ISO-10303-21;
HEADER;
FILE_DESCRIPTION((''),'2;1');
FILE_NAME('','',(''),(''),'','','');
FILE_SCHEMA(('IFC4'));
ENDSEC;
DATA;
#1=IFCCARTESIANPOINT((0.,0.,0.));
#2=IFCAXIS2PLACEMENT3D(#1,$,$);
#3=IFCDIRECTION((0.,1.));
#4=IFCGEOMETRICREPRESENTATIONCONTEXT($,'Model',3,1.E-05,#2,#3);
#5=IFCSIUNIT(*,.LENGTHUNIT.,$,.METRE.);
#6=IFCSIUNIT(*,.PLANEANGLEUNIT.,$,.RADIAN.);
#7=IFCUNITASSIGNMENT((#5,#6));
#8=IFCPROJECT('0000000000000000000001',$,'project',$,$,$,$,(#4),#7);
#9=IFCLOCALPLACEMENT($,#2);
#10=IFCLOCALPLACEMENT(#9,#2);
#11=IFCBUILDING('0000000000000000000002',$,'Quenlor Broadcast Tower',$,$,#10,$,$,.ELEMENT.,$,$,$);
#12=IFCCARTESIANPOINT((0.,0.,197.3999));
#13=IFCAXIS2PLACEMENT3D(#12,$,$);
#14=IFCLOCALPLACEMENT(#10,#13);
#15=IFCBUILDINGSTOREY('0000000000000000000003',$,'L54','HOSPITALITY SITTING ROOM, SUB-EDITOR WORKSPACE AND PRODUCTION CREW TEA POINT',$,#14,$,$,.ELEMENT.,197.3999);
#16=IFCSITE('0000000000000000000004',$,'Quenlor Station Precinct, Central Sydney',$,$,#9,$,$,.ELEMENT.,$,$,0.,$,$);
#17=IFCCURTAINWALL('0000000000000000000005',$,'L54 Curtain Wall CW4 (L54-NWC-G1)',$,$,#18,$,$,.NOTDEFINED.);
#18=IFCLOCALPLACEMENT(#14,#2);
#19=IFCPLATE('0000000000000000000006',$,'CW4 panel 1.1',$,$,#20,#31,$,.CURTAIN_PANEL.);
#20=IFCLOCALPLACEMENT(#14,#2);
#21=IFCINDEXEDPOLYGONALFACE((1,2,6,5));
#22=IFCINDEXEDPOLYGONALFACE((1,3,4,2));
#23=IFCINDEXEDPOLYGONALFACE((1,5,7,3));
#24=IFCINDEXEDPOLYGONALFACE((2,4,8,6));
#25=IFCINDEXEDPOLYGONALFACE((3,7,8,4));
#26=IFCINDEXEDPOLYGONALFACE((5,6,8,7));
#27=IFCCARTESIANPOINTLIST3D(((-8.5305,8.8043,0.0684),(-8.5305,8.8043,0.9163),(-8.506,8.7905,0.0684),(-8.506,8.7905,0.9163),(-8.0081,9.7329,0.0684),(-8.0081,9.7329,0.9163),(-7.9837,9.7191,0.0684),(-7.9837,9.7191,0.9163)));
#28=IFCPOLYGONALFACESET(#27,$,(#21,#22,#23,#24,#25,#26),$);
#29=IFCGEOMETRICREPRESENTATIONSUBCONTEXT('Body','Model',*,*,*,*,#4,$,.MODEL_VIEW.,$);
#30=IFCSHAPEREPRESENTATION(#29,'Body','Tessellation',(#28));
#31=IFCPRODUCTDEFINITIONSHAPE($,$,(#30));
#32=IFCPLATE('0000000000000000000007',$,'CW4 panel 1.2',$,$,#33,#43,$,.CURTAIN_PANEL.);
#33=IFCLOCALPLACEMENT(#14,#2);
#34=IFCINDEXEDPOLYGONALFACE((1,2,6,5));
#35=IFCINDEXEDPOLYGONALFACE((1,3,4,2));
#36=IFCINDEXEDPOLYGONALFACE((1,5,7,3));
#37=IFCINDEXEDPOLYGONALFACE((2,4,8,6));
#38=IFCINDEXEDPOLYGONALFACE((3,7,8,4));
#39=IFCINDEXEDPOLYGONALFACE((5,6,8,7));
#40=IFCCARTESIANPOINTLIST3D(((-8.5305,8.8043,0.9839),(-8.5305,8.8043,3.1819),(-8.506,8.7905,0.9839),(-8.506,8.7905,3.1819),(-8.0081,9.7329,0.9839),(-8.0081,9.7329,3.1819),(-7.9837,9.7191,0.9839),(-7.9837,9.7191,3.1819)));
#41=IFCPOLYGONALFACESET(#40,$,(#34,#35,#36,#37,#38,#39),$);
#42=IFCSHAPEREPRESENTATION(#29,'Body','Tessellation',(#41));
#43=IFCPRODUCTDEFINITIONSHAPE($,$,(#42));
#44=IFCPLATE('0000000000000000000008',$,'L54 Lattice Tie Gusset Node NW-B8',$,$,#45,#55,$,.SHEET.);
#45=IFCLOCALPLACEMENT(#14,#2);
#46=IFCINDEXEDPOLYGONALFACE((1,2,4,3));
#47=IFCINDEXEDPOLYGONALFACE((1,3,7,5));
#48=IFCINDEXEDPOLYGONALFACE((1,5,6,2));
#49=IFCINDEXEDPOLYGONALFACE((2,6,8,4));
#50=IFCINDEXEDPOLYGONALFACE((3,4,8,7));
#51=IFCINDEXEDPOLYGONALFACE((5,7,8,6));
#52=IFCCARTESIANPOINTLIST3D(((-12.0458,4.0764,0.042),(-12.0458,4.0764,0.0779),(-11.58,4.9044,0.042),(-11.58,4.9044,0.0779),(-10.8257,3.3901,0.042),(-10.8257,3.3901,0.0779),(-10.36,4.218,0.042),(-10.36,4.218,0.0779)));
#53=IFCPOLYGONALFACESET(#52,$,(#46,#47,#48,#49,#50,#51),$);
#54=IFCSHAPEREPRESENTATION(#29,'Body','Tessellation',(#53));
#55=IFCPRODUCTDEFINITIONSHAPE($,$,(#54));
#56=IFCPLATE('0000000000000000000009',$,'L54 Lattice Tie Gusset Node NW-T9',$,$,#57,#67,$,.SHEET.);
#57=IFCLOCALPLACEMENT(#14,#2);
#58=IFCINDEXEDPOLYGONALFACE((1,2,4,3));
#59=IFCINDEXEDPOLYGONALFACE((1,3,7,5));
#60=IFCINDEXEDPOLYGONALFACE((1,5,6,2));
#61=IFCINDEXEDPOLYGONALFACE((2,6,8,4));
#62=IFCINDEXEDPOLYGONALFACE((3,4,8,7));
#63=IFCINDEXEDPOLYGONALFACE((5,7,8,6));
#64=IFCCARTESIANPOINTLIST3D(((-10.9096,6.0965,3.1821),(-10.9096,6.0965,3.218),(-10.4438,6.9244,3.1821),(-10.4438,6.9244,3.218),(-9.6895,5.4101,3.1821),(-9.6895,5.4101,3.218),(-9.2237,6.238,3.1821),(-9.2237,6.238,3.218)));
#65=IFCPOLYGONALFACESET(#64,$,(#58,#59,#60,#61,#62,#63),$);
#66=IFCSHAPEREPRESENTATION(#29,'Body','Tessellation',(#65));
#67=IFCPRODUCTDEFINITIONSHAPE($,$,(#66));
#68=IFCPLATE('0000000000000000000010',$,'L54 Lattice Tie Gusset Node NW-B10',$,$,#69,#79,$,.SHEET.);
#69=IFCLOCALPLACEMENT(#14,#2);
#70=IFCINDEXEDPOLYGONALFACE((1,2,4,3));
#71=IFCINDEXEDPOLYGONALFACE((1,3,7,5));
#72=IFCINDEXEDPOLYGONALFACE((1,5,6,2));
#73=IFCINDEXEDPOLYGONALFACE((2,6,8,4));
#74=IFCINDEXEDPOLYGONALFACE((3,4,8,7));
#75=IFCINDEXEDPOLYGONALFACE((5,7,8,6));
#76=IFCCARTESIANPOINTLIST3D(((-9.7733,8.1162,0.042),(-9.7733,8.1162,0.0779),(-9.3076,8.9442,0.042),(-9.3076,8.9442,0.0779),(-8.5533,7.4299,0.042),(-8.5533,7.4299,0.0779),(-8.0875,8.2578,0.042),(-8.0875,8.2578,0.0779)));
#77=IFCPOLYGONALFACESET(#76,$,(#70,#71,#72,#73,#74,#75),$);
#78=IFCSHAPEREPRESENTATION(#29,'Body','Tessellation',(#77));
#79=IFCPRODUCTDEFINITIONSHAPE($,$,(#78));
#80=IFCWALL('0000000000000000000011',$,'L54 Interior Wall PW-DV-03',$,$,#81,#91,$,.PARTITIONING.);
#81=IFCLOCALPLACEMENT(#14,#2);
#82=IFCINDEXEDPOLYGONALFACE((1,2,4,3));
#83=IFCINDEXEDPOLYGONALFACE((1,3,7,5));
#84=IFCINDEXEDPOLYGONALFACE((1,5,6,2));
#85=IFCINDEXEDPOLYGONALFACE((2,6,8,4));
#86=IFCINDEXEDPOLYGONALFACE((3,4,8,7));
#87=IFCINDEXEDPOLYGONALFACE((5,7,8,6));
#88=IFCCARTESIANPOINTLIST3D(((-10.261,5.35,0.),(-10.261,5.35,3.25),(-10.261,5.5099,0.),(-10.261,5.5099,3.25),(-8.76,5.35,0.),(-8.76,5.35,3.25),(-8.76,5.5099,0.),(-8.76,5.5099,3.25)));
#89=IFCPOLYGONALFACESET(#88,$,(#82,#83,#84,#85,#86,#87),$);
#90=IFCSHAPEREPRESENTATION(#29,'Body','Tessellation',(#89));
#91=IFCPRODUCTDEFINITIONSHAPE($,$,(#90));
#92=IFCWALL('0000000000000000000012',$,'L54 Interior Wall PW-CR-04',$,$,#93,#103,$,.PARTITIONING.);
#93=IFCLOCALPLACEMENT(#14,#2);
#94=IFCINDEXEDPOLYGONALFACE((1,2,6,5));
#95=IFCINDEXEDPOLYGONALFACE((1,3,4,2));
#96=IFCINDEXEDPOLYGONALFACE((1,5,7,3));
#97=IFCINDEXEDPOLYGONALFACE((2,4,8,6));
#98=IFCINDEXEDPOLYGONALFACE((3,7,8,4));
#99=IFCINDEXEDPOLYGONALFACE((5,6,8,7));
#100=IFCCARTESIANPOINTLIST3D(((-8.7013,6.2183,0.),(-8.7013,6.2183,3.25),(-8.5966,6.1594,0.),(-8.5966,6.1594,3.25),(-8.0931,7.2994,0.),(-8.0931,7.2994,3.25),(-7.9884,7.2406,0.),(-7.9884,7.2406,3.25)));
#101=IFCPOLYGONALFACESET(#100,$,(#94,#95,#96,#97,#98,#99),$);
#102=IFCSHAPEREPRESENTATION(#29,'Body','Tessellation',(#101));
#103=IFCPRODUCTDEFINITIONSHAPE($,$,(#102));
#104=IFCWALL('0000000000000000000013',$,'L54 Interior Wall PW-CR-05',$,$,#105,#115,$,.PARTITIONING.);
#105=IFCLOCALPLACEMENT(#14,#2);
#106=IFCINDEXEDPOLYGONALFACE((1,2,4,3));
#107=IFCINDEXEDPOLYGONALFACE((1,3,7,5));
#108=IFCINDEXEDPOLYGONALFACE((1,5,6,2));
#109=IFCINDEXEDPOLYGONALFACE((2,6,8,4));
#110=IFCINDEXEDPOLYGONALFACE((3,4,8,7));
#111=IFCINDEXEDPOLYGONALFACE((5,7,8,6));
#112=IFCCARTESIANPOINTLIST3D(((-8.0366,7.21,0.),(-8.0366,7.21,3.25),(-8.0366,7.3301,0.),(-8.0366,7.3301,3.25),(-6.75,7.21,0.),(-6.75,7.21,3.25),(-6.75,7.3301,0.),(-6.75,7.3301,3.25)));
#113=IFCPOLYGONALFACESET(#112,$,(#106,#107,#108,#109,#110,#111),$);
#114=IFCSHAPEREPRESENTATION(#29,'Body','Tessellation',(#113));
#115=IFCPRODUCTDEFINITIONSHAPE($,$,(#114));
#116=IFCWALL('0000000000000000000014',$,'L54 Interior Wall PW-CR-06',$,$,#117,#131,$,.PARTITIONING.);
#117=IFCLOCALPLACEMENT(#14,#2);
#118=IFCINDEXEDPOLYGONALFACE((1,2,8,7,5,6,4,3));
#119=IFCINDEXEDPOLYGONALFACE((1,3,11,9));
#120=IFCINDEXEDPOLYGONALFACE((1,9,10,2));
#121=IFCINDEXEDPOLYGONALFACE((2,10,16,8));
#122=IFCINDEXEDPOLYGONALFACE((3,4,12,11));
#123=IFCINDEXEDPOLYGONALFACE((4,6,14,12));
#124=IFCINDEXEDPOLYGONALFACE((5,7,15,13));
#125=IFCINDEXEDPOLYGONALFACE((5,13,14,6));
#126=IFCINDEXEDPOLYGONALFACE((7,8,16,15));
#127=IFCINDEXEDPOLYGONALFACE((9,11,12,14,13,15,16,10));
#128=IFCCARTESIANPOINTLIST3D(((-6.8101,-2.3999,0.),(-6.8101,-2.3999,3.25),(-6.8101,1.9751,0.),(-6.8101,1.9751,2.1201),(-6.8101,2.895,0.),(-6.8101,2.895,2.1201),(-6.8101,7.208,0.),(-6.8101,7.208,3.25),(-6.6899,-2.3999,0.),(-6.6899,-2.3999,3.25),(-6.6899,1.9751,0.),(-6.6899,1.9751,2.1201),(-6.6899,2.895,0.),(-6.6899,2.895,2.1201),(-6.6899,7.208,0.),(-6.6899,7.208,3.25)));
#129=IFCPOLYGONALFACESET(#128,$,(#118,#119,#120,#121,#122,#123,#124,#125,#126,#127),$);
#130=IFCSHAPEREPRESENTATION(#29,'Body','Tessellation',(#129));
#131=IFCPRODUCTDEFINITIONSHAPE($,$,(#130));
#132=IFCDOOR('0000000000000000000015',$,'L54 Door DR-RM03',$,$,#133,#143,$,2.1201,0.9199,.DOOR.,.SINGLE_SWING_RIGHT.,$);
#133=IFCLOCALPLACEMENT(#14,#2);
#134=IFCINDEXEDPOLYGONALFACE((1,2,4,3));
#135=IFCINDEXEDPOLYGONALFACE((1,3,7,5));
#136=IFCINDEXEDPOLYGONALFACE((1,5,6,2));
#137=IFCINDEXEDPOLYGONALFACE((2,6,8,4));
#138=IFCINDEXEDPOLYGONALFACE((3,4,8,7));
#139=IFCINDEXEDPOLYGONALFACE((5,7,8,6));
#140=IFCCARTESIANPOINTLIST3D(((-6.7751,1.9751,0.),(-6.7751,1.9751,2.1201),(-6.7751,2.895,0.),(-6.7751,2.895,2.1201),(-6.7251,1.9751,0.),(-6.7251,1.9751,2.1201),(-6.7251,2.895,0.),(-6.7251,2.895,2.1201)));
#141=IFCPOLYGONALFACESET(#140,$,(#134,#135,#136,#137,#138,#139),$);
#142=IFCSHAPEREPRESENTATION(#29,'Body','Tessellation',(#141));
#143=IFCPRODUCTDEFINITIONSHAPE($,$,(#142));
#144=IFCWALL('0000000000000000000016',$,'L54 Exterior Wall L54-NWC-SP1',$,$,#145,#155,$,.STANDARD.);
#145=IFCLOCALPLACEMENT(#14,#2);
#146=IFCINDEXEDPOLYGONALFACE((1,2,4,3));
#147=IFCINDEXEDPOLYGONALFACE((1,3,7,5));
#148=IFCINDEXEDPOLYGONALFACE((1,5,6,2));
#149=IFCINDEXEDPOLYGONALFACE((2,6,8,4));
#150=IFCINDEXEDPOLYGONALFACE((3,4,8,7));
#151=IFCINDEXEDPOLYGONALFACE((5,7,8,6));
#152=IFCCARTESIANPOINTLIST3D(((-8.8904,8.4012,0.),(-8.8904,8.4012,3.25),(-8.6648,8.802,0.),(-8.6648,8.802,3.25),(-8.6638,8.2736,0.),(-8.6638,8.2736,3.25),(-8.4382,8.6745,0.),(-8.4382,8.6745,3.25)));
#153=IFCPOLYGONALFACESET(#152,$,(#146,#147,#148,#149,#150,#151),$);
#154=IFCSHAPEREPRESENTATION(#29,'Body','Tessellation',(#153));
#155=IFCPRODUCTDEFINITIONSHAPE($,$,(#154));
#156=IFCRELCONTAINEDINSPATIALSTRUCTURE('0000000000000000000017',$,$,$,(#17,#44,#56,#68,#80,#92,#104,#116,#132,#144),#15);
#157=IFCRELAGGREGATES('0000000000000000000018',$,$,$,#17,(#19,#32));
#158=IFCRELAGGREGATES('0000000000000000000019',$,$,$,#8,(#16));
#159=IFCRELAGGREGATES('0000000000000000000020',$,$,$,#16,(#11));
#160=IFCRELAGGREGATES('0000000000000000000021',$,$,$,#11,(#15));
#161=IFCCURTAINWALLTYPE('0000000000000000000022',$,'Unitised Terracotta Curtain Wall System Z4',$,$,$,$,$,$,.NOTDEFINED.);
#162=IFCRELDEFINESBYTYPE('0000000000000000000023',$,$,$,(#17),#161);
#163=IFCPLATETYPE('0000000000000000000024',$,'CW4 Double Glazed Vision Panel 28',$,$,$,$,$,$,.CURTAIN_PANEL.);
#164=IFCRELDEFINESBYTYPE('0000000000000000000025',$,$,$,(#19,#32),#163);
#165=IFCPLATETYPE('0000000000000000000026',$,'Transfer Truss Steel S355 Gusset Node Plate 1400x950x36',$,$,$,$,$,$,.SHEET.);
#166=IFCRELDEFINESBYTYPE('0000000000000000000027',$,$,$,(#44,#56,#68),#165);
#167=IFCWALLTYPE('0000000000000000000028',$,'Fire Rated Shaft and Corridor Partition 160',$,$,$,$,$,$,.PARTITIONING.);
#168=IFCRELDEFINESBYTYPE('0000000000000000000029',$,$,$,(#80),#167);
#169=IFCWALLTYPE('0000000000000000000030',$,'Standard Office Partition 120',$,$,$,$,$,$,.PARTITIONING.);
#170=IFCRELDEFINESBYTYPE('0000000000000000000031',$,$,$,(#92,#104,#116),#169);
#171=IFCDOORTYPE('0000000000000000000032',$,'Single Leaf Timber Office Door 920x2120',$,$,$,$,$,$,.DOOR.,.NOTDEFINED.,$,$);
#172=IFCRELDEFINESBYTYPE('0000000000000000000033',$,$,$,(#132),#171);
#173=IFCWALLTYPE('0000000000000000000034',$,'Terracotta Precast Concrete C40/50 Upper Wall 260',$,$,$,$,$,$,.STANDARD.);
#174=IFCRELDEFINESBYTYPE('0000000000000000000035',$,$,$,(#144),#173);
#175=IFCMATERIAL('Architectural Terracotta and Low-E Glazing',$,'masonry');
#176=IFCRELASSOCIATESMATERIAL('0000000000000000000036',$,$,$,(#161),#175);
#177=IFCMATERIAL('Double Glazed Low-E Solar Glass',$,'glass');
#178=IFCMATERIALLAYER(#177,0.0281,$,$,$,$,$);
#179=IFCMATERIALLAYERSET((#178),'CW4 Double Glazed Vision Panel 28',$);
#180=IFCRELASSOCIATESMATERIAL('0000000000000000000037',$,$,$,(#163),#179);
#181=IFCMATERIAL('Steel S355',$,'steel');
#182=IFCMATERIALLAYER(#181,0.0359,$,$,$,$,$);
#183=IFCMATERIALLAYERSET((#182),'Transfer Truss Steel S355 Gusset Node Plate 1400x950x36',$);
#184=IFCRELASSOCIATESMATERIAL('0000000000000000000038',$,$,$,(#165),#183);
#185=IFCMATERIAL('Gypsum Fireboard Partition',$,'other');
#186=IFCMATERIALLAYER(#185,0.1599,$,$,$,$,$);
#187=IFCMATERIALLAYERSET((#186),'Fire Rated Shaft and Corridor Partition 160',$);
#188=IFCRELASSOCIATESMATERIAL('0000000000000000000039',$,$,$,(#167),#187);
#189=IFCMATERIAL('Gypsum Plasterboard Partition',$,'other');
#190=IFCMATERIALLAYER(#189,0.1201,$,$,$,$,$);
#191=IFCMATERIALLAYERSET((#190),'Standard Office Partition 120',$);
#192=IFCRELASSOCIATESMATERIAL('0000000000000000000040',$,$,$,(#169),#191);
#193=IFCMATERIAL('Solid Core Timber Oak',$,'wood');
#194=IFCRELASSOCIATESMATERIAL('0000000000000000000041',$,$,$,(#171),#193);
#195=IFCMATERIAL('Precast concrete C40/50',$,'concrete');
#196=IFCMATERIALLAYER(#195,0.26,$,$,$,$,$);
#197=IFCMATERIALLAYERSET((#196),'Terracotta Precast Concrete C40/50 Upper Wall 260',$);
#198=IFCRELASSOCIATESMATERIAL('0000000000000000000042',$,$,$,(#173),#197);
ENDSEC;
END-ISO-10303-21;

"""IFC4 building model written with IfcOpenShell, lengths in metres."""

from ifc_helpers import new_model, si_unit, direction, frame, frame_2d, origin, origin_2d, place, context, subcontext, project, spatial, rectangle, extrude, material, layer, layer_set, type_object, element, fill, aggregate, save


model = new_model("IFC4")

# Units and contexts
model_context = context("Model", 3, precision=1e-05, world=origin(), true_north=direction((0.0, 1.0)))
body_context = subcontext(model_context, "Body", "Model", "MODEL_VIEW")
ifc_project = project(units=[si_unit("LENGTHUNIT", "METRE"), si_unit("PLANEANGLEUNIT", "RADIAN")], contexts=[model_context])

# Site, building, storey
site_placement = place(None, origin())
site = spatial("IfcSite", under=ifc_project, at=site_placement, Name="Quenlor Station Precinct, Central Sydney", CompositionType="ELEMENT", RefElevation=0.0)
building_placement = place(site_placement, origin())
building = spatial("IfcBuilding", under=site, at=building_placement, Name="Quenlor Broadcast Tower", CompositionType="ELEMENT")
storey_placement = place(building_placement, frame((0.0, 0.0, 197.3999)))
storey = spatial("IfcBuildingStorey", under=building, at=storey_placement, Name="L54", Description="HOSPITALITY SITTING ROOM, SUB-EDITOR WORKSPACE AND PRODUCTION CREW TEA POINT", CompositionType="ELEMENT", Elevation=197.3999)

# Curtain wall
ifc_material_1 = material(Name="Architectural Terracotta and Low-E Glazing", Category="masonry")
curtain_wall_type = type_object("IfcCurtainWallType", Name="Unitised Terracotta Curtain Wall System Z4", PredefinedType="NOTDEFINED", material=ifc_material_1)
curtain_wall_placement = place(storey_placement, origin())
curtain_wall = element("IfcCurtainWall", 1, at=curtain_wall_placement, inside=storey, type_object=curtain_wall_type, Name="L54 Curtain Wall CW4 (L54-NWC-G1)", PredefinedType="NOTDEFINED")

# Plates
ifc_material_2 = material(Name="Double Glazed Low-E Solar Glass", Category="glass")
ifc_layer_1 = layer(ifc_material_2, 0.0281)
ifc_layer_set_1 = layer_set([ifc_layer_1], Name="CW4 Double Glazed Vision Panel 28")
plate_type_1 = type_object("IfcPlateType", Name="CW4 Double Glazed Vision Panel 28", PredefinedType="CURTAIN_PANEL", material=ifc_layer_set_1)
plate_1_placement = place(storey_placement, frame((-8.2571, 9.2617, 0.0684), z_axis=(0.0, 0.0, 1.0), x_axis=(0.490293, 0.871558, 0.0)))
plate_1 = element("IfcPlate", 2, at=plate_1_placement, type_object=plate_type_1, Name="CW4 panel 1.1", PredefinedType="CURTAIN_PANEL", context=body_context, shape_type="SweptSolid", body=[
    extrude(rectangle(XDim=1.0654, YDim=0.0281, at=origin_2d()), origin(), (0.0, 0.0, 1.0), 0.8479),
])
plate_2_placement = place(storey_placement, frame((-8.2571, 9.2617, 0.9839), z_axis=(0.0, 0.0, 1.0), x_axis=(0.490293, 0.871558, 0.0)))
plate_2 = element("IfcPlate", 3, at=plate_2_placement, type_object=plate_type_1, Name="CW4 panel 1.2", PredefinedType="CURTAIN_PANEL", context=body_context, shape_type="SweptSolid", body=[
    extrude(rectangle(XDim=1.0654, YDim=0.0281, at=origin_2d()), origin(), (0.0, 0.0, 1.0), 2.198),
])
aggregate(curtain_wall, [plate_1, plate_2])

# Plates
ifc_material_3 = material(Name="Steel S355", Category="steel")
ifc_layer_2 = layer(ifc_material_3, 0.0359)
ifc_layer_set_2 = layer_set([ifc_layer_2], Name="Transfer Truss Steel S355 Gusset Node Plate 1400x950x36")
plate_type_2 = type_object("IfcPlateType", Name="Transfer Truss Steel S355 Gusset Node Plate 1400x950x36", PredefinedType="SHEET", material=ifc_layer_set_2)
for number, where, z_axis, x_axis, name in (
    (4, (-11.2029, 4.1472, 0.042), (0.0, 0.0, 1.0), (-0.871556, 0.490295, 0.0), "L54 Lattice Tie Gusset Node NW-B8"),
    (5, (-10.0667, 6.1672, 3.1821), (0.0, 0.0, 1.0), (-0.871556, 0.490295, 0.0), "L54 Lattice Tie Gusset Node NW-T9"),
    (6, (-8.9304, 8.187, 0.042), (0.0, 0.0, 1.0), (-0.871556, 0.490295, 0.0), "L54 Lattice Tie Gusset Node NW-B10"),
):
    element("IfcPlate", number, at=place(storey_placement, frame(where, z_axis=z_axis, x_axis=x_axis)), inside=storey, type_object=plate_type_2, Name=name, PredefinedType="SHEET", context=body_context, shape_type="SweptSolid", body=[
        extrude(rectangle(XDim=1.3999, YDim=0.95, at=origin_2d()), origin(), (0.0, 0.0, 1.0), 0.0359),
    ])

# Walls
ifc_material_4 = material(Name="Gypsum Fireboard Partition", Category="other")
ifc_layer_3 = layer(ifc_material_4, 0.1599)
ifc_layer_set_3 = layer_set([ifc_layer_3], Name="Fire Rated Shaft and Corridor Partition 160")
wall_type_1 = type_object("IfcWallType", Name="Fire Rated Shaft and Corridor Partition 160", PredefinedType="PARTITIONING", material=ifc_layer_set_3)
wall_1_placement = place(storey_placement, frame((-8.76, 5.4299, 0.0), z_axis=(0.0, 0.0, 1.0), x_axis=(-1.0, 0.0, 0.0)))
element("IfcWall", 7, at=wall_1_placement, inside=storey, type_object=wall_type_1, Name="L54 Interior Wall PW-DV-03", PredefinedType="PARTITIONING", context=body_context, shape_type="SweptSolid", body=[
    extrude(rectangle(XDim=1.501, YDim=0.1599, at=frame_2d((0.7505, 0.0))), origin(), (0.0, 0.0, 1.0), 3.25),
])
ifc_material_5 = material(Name="Gypsum Plasterboard Partition", Category="other")
ifc_layer_4 = layer(ifc_material_5, 0.1201)
ifc_layer_set_4 = layer_set([ifc_layer_4], Name="Standard Office Partition 120")
wall_type_2 = type_object("IfcWallType", Name="Standard Office Partition 120", PredefinedType="PARTITIONING", material=ifc_layer_set_4)
wall_2_placement = place(storey_placement, frame((-8.6489, 6.189, 0.0), z_axis=(0.0, 0.0, 1.0), x_axis=(0.490299, 0.871555, 0.0)))
element("IfcWall", 8, at=wall_2_placement, inside=storey, type_object=wall_type_2, Name="L54 Interior Wall PW-CR-04", PredefinedType="PARTITIONING", context=body_context, shape_type="SweptSolid", body=[
    extrude(rectangle(XDim=1.2405, YDim=0.1201, at=frame_2d((0.6201, 0.0))), origin(), (0.0, 0.0, 1.0), 3.25),
])
wall_3_placement = place(storey_placement, frame((-8.0366, 7.27, 0.0), z_axis=(0.0, 0.0, 1.0), x_axis=(1.0, 0.0, 0.0)))
element("IfcWall", 9, at=wall_3_placement, inside=storey, type_object=wall_type_2, Name="L54 Interior Wall PW-CR-05", PredefinedType="PARTITIONING", context=body_context, shape_type="SweptSolid", body=[
    extrude(rectangle(XDim=1.2866, YDim=0.1201, at=frame_2d((0.6433, 0.0))), origin(), (0.0, 0.0, 1.0), 3.25),
])

# Wall, opening, door
wall_4_placement = place(storey_placement, frame((-6.75, 7.208, 0.0), z_axis=(0.0, 0.0, 1.0), x_axis=(0.0, -1.0, 0.0)))
wall_4 = element("IfcWall", 10, at=wall_4_placement, inside=storey, type_object=wall_type_2, Name="L54 Interior Wall PW-CR-06", PredefinedType="PARTITIONING", context=body_context, shape_type="SweptSolid", body=[
    extrude(rectangle(XDim=9.6079, YDim=0.1201, at=frame_2d((4.804, 0.0))), origin(), (0.0, 0.0, 1.0), 3.25),
])
opening_placement = place(wall_4_placement, frame((4.313, 0.0, 0.0)))
opening = element("IfcOpeningElement", 11, at=opening_placement, cuts=wall_4, PredefinedType="OPENING", context=body_context, shape_type="SweptSolid", body=[
    extrude(rectangle(XDim=0.9199, YDim=2.1201, at=frame_2d((0.46, 1.0601))), frame((0.0, 0.0701, 0.0), z_axis=(0.0, -1.0, 0.0), x_axis=(1.0, 0.0, 0.0)), (0.0, 0.0, 1.0), 0.1401),
])
ifc_material_6 = material(Name="Solid Core Timber Oak", Category="wood")
door_type = type_object("IfcDoorType", Name="Single Leaf Timber Office Door 920x2120", OperationType="NOTDEFINED", PredefinedType="DOOR", material=ifc_material_6)
door_placement = place(opening_placement, origin())
door = element("IfcDoor", 12, at=door_placement, inside=storey, type_object=door_type, Name="L54 Door DR-RM03", OperationType="SINGLE_SWING_RIGHT", OverallHeight=2.1201, OverallWidth=0.9199, PredefinedType="DOOR", context=body_context, shape_type="SweptSolid", body=[
    extrude(rectangle(XDim=0.9199, YDim=2.1201, at=frame_2d((0.46, 1.0601))), frame((0.0, 0.0249, 0.0), z_axis=(0.0, -1.0, 0.0), x_axis=(1.0, 0.0, 0.0)), (0.0, 0.0, 1.0), 0.05),
])
fill(opening, door)

# Wall
ifc_material_7 = material(Name="Precast concrete C40/50", Category="concrete")
ifc_layer_5 = layer(ifc_material_7, 0.26)
ifc_layer_set_5 = layer_set([ifc_layer_5], Name="Terracotta Precast Concrete C40/50 Upper Wall 260")
wall_type_3 = type_object("IfcWallType", Name="Terracotta Precast Concrete C40/50 Upper Wall 260", PredefinedType="STANDARD", material=ifc_layer_set_5)
wall_5_placement = place(storey_placement, frame((-8.7771, 8.3374, 0.0), z_axis=(0.0, 0.0, 1.0), x_axis=(0.490412, 0.87149, 0.0)))
element("IfcWall", 13, at=wall_5_placement, inside=storey, type_object=wall_type_3, Name="L54 Exterior Wall L54-NWC-SP1", PredefinedType="STANDARD", context=body_context, shape_type="SweptSolid", body=[
    extrude(rectangle(XDim=0.46, YDim=0.26, at=frame_2d((0.23, 0.0))), origin(), (0.0, 0.0, 1.0), 3.25),
])

save(model, "model.ifc")
